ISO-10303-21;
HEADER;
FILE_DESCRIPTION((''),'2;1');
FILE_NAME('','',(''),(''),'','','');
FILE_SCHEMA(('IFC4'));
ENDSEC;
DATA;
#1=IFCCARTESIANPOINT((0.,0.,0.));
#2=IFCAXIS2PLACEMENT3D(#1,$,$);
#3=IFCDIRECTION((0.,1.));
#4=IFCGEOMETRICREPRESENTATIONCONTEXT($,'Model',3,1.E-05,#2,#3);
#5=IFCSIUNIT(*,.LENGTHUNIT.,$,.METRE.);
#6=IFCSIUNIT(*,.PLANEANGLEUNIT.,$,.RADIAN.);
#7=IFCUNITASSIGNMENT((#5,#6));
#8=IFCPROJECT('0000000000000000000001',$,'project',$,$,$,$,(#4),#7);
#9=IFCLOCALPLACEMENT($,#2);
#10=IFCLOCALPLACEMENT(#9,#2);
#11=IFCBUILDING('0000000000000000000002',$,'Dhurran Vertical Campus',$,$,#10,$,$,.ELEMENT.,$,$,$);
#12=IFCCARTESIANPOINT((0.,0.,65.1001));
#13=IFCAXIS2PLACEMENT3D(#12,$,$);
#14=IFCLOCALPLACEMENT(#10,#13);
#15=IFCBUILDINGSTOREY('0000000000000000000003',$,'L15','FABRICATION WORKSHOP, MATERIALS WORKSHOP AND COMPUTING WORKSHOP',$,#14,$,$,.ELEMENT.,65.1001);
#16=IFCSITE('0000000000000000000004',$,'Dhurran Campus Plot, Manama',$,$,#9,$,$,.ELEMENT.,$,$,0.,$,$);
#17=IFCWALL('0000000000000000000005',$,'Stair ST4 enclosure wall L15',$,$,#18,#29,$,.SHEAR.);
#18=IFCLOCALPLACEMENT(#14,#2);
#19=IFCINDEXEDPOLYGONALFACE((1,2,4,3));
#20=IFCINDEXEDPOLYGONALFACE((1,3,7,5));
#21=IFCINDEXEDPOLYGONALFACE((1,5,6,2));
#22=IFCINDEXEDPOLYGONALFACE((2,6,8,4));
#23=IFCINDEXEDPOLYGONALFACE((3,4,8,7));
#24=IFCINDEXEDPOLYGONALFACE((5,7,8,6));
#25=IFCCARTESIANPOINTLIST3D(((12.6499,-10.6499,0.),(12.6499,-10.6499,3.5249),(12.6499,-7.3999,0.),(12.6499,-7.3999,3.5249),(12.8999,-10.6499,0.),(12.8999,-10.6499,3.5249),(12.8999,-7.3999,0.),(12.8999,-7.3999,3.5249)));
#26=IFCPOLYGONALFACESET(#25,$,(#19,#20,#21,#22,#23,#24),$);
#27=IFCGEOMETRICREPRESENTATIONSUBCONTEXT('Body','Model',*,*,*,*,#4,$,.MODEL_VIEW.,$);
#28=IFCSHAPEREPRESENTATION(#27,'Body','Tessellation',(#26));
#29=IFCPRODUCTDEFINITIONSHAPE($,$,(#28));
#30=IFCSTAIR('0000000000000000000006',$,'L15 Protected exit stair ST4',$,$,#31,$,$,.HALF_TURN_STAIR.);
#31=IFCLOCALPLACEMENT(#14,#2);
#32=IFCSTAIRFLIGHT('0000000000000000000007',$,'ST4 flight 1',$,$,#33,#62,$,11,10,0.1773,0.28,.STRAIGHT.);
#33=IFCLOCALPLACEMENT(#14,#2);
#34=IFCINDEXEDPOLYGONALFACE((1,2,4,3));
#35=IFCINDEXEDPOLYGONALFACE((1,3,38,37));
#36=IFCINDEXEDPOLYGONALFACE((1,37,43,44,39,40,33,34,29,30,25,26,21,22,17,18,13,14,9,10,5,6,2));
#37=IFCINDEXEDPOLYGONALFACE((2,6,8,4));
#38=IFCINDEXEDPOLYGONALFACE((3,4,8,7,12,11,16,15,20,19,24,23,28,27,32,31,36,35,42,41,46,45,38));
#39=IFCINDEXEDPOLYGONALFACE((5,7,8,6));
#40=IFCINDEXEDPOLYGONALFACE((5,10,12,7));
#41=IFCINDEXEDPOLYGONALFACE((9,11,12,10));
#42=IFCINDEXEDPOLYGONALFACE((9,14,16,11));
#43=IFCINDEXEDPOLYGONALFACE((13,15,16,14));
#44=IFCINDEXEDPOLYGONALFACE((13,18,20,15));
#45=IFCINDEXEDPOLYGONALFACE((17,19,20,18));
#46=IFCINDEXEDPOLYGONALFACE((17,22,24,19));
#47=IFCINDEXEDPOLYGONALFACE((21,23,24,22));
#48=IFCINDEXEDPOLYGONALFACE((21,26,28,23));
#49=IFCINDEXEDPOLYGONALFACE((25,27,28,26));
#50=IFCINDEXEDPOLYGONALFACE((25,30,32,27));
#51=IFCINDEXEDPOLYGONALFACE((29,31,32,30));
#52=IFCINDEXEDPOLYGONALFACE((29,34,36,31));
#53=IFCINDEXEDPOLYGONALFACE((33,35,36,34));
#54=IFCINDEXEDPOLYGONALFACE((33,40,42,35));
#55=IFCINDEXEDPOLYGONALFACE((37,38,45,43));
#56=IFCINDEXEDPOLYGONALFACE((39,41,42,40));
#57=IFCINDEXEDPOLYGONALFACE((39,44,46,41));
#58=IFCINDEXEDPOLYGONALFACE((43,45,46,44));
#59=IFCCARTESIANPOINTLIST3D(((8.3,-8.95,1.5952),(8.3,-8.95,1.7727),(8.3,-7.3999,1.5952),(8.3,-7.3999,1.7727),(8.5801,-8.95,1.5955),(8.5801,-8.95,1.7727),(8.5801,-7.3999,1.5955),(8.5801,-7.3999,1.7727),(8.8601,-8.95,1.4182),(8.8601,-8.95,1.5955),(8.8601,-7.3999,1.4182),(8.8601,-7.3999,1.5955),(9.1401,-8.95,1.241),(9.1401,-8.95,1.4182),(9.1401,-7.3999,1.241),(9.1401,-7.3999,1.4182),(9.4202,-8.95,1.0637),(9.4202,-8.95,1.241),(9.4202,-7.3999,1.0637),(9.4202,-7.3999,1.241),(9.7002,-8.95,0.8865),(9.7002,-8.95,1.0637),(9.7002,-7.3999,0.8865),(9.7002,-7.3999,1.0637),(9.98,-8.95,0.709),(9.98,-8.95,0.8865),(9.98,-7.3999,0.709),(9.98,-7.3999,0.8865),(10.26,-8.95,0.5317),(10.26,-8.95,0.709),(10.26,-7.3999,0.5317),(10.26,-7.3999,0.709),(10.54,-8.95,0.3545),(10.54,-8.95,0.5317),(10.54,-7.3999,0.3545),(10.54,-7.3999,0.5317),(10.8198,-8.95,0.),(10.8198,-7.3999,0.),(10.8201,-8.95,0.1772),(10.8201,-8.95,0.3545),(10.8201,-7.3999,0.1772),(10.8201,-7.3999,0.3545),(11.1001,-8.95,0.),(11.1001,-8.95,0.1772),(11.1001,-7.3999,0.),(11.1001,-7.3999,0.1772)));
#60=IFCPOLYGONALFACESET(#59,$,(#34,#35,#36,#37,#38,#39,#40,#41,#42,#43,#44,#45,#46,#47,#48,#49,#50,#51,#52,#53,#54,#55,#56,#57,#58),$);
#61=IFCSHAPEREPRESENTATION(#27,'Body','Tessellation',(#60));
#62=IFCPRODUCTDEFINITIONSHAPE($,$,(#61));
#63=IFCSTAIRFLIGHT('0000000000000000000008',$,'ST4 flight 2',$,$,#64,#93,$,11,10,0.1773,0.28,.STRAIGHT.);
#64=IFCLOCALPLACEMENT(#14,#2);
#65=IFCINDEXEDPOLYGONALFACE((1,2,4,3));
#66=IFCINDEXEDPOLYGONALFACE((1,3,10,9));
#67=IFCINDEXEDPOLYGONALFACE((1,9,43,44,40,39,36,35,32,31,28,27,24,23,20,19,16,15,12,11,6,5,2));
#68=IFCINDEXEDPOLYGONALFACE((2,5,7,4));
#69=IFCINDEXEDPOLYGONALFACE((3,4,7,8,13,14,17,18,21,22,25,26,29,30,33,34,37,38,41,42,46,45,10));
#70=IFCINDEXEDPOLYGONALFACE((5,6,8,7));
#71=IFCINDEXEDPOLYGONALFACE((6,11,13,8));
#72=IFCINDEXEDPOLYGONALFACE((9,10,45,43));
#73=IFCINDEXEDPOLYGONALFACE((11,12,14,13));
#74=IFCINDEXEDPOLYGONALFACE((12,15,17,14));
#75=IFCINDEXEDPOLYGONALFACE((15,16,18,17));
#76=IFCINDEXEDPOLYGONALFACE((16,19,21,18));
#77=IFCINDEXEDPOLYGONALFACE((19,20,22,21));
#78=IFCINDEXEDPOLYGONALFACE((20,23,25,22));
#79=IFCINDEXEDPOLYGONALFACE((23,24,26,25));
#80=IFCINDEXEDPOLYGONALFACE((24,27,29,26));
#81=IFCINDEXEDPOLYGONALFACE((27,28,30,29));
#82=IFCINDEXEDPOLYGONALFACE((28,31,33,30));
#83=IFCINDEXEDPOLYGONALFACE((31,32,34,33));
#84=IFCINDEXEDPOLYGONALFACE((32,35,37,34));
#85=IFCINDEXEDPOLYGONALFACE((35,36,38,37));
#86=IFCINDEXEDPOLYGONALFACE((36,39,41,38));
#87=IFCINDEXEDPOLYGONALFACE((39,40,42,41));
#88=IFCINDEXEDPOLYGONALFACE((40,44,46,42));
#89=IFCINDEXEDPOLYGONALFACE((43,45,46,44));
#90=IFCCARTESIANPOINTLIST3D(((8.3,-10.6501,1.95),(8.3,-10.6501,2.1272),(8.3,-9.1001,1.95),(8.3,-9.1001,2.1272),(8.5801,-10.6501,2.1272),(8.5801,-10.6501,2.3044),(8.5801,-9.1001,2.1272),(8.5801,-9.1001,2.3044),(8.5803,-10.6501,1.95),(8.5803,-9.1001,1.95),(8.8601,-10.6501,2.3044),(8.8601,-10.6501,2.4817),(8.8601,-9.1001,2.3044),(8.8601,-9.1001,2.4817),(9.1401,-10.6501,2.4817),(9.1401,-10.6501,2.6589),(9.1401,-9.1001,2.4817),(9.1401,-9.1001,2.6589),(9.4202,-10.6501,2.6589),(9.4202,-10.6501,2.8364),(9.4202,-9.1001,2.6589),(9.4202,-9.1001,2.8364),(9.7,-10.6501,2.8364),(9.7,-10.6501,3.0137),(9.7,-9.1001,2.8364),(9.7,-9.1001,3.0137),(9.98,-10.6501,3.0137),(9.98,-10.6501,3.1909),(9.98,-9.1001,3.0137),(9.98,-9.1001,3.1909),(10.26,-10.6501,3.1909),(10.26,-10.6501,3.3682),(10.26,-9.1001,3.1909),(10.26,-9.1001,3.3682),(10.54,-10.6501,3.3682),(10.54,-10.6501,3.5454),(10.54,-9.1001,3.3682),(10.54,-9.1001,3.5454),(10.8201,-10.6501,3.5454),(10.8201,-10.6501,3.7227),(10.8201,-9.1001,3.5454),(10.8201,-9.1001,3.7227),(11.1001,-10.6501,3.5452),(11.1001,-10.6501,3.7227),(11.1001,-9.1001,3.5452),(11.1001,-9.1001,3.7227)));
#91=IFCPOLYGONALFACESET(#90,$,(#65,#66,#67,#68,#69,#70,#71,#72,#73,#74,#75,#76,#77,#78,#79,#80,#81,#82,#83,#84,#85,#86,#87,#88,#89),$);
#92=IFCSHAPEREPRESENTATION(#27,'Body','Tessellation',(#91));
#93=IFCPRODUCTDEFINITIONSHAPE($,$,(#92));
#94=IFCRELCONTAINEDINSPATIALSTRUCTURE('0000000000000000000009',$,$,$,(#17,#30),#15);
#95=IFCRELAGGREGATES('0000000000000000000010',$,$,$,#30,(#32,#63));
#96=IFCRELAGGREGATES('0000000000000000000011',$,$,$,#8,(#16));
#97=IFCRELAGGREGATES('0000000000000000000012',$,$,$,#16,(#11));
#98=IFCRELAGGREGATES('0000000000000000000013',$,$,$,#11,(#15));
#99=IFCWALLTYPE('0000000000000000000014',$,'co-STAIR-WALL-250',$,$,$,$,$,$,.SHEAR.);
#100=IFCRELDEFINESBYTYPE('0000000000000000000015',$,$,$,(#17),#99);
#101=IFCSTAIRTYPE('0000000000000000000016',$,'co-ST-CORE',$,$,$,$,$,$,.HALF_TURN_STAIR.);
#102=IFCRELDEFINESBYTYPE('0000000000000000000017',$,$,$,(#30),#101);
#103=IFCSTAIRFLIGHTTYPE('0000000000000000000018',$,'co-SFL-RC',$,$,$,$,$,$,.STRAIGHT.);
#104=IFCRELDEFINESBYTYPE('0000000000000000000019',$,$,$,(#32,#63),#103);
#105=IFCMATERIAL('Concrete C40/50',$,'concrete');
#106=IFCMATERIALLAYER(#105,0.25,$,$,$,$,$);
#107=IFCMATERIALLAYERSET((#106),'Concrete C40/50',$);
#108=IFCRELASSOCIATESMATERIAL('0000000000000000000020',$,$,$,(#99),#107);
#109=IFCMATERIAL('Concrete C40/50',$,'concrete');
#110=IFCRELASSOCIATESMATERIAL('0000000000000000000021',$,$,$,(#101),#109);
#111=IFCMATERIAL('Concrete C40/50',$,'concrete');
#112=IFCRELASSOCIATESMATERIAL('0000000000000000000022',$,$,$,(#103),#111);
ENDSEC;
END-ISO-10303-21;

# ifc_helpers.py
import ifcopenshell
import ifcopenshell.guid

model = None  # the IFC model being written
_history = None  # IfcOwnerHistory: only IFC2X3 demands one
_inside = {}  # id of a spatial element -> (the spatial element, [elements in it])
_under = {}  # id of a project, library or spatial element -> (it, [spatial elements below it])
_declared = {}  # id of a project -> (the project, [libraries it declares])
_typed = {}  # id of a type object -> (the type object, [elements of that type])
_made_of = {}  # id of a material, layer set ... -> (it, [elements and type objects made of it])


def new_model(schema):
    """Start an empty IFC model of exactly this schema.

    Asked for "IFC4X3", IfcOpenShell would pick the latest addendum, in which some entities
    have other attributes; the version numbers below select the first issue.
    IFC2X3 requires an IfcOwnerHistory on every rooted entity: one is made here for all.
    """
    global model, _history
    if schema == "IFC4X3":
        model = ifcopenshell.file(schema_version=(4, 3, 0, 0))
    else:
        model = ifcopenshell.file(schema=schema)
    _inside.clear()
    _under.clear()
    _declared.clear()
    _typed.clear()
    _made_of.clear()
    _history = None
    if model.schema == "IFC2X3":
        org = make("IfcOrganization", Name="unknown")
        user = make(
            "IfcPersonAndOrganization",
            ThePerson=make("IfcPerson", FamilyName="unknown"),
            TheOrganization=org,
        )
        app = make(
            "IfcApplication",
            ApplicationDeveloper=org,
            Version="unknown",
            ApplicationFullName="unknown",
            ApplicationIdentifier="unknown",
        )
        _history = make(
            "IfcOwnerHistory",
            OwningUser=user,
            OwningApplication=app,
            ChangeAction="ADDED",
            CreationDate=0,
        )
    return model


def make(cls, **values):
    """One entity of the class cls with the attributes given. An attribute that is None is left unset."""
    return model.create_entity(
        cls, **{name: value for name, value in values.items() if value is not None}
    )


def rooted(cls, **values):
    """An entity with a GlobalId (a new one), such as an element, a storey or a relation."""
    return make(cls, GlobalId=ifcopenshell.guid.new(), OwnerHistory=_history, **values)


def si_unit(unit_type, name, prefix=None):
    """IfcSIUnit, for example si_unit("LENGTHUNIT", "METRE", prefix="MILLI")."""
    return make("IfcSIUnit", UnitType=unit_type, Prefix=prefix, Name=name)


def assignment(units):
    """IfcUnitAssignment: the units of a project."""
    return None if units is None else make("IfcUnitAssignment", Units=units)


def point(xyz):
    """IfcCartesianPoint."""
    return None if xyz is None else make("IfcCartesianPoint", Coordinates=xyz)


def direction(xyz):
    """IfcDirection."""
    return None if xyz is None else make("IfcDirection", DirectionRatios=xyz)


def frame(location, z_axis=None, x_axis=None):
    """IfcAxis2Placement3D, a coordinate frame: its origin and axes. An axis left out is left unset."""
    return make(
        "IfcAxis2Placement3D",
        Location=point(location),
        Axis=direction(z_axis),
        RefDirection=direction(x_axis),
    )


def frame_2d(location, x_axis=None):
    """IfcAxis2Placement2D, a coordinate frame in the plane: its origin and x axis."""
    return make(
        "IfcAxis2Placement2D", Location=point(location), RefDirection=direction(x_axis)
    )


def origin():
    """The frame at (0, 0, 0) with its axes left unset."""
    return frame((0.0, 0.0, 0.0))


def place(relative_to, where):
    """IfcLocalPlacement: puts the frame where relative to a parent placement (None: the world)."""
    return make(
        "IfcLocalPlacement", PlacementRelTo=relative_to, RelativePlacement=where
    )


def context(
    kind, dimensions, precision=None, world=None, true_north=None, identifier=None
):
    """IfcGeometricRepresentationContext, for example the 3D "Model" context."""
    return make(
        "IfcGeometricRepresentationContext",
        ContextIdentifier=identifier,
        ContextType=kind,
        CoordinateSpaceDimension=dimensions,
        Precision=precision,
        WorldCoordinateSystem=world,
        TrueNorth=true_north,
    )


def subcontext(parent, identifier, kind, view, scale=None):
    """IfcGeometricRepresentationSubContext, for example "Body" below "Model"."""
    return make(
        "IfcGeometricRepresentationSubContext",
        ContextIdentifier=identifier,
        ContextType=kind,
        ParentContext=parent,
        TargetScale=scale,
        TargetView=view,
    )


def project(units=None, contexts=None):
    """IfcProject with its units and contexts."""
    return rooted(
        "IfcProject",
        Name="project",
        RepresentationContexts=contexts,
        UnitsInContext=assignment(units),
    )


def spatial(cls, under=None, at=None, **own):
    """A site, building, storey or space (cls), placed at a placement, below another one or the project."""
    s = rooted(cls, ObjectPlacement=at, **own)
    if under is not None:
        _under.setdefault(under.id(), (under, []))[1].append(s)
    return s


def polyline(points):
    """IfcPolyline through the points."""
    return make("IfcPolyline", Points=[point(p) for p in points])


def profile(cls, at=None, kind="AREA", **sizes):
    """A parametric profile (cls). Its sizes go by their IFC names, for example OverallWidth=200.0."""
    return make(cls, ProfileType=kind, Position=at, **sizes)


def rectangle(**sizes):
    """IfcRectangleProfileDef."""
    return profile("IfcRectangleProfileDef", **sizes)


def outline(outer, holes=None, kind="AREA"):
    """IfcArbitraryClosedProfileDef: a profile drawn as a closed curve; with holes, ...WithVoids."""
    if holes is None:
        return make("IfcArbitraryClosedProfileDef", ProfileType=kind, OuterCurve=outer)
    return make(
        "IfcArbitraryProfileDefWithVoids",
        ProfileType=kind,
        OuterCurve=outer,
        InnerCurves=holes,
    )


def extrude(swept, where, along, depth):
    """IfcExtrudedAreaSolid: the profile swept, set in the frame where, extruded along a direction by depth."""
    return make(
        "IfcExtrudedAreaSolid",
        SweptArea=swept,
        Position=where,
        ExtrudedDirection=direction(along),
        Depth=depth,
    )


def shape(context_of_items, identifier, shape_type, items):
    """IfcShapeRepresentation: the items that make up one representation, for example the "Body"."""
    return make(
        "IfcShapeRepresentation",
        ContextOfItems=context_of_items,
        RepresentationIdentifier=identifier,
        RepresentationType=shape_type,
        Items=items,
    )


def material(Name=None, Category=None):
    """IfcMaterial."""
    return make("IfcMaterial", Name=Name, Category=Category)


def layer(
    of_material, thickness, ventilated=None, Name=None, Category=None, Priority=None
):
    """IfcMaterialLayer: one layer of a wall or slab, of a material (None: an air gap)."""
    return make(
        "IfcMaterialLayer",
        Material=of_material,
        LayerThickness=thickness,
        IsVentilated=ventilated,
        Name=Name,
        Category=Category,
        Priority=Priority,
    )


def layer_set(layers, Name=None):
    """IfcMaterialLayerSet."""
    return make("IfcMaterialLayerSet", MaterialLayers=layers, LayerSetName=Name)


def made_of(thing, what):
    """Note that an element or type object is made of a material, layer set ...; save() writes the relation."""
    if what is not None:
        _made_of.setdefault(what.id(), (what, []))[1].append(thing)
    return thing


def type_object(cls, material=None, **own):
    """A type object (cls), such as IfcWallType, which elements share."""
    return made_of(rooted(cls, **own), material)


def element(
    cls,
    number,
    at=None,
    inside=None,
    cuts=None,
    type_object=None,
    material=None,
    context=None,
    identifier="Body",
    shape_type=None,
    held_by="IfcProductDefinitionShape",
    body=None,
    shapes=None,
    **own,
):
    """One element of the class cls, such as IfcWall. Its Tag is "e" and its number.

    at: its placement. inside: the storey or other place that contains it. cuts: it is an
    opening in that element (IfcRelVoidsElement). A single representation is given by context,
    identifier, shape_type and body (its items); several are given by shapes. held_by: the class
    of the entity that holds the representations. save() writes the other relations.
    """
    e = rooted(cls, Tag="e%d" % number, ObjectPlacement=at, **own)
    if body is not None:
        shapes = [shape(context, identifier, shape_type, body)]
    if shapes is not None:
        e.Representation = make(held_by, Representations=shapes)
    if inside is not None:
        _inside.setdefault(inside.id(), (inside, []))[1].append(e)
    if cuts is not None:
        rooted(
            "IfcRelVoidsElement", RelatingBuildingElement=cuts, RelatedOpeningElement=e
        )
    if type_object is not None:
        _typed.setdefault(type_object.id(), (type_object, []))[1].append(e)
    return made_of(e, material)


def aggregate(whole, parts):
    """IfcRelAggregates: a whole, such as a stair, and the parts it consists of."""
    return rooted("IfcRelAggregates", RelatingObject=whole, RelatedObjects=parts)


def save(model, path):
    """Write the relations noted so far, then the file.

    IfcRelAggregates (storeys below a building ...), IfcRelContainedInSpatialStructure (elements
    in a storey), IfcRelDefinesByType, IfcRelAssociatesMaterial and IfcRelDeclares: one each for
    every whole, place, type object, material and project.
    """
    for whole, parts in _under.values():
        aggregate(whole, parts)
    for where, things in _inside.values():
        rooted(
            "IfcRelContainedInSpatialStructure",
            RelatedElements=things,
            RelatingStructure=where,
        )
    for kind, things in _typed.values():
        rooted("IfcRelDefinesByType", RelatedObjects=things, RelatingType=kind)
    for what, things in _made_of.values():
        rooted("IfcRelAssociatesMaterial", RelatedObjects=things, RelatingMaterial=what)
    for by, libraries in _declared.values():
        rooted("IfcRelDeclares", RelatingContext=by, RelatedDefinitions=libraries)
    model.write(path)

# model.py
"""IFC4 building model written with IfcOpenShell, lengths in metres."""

from ifc_helpers import new_model, si_unit, direction, frame, frame_2d, origin, place, context, subcontext, project, spatial, polyline, rectangle, outline, extrude, material, layer, layer_set, type_object, element, aggregate, save


model = new_model("IFC4")

# Units and contexts
model_context = context("Model", 3, precision=1e-05, world=origin(), true_north=direction((0.0, 1.0)))
body_context = subcontext(model_context, "Body", "Model", "MODEL_VIEW")
ifc_project = project(units=[si_unit("LENGTHUNIT", "METRE"), si_unit("PLANEANGLEUNIT", "RADIAN")], contexts=[model_context])

# Site, building, storey
site_placement = place(None, origin())
site = spatial("IfcSite", under=ifc_project, at=site_placement, Name="Dhurran Campus Plot, Manama", CompositionType="ELEMENT", RefElevation=0.0)
building_placement = place(site_placement, origin())
building = spatial("IfcBuilding", under=site, at=building_placement, Name="Dhurran Vertical Campus", CompositionType="ELEMENT")
storey_placement = place(building_placement, frame((0.0, 0.0, 65.1001)))
storey = spatial("IfcBuildingStorey", under=building, at=storey_placement, Name="L15", Description="FABRICATION WORKSHOP, MATERIALS WORKSHOP AND COMPUTING WORKSHOP", CompositionType="ELEMENT", Elevation=65.1001)

# Shared definitions
ifc_material_1 = material(Name="Concrete C40/50", Category="concrete")
ifc_layer_1 = layer(ifc_material_1, 0.25)
ifc_layer_set_1 = layer_set([ifc_layer_1], Name="Concrete C40/50")
wall_type_1 = type_object("IfcWallType", Name="co-STAIR-WALL-250", PredefinedType="SHEAR", material=ifc_layer_set_1)

# Wall
for number, where, z_axis, x_axis, name in (
    (1, (12.7749, -10.6499, 0.0), (0.0, 0.0, 1.0), (0.0, 1.0, 0.0), "Stair ST4 enclosure wall L15"),
):
    element("IfcWall", number, at=place(storey_placement, frame(where, z_axis=z_axis, x_axis=x_axis)), inside=storey, type_object=wall_type_1, Name=name, PredefinedType="SHEAR", context=body_context, shape_type="SweptSolid", body=[
        extrude(rectangle(XDim=3.25, YDim=0.25, at=frame_2d((1.625, 0.0))), origin(), (0.0, 0.0, 1.0), 3.5249),
    ])

# Stair, stair flights
ifc_material_2 = material(Name="Concrete C40/50", Category="concrete")
stair_type = type_object("IfcStairType", Name="co-ST-CORE", PredefinedType="HALF_TURN_STAIR", material=ifc_material_2)
stair_placement = place(storey_placement, origin())
stair = element("IfcStair", 2, at=stair_placement, inside=storey, type_object=stair_type, Name="L15 Protected exit stair ST4", PredefinedType="HALF_TURN_STAIR")
ifc_material_3 = material(Name="Concrete C40/50", Category="concrete")
stair_flight_type = type_object("IfcStairFlightType", Name="co-SFL-RC", PredefinedType="STRAIGHT", material=ifc_material_3)
stair_flight_1_placement = place(storey_placement, frame((11.1001, -8.175, 0.0), z_axis=(0.0, 0.0, 1.0), x_axis=(-1.0, 0.0, 0.0)))
stair_flight_1 = element("IfcStairFlight", 3, at=stair_flight_1_placement, type_object=stair_flight_type, Name="ST4 flight 1", NumberOfRisers=11, NumberOfTreads=10, PredefinedType="STRAIGHT", RiserHeight=0.1773, TreadLength=0.28, context=body_context, shape_type="SweptSolid", body=[
    extrude(outline(polyline([(0.0, 0.0), (0.0, 0.1772), (0.28, 0.1772), (0.28, 0.3545), (0.5601, 0.3545), (0.5601, 0.5317), (0.8401, 0.5317), (0.8401, 0.709), (1.1201, 0.709), (1.1201, 0.8865), (1.3999, 0.8865), (1.3999, 1.0637), (1.6799, 1.0637), (1.6799, 1.241), (1.96, 1.241), (1.96, 1.4182), (2.24, 1.4182), (2.24, 1.5955), (2.52, 1.5955), (2.52, 1.7727), (2.8, 1.7727), (2.8, 1.95), (2.8, 1.5952), (0.2803, 0.0), (0.0, 0.0)])), frame((0.0, 0.7749, 0.0), z_axis=(0.0, -1.0, 0.0), x_axis=(1.0, 0.0, 0.0)), (0.0, 0.0, 1.0), 1.55),
])
stair_flight_2_placement = place(storey_placement, frame((8.3, -9.875, 1.95), z_axis=(0.0, 0.0, 1.0), x_axis=(1.0, 0.0, 0.0)))
stair_flight_2 = element("IfcStairFlight", 4, at=stair_flight_2_placement, type_object=stair_flight_type, Name="ST4 flight 2", NumberOfRisers=11, NumberOfTreads=10, PredefinedType="STRAIGHT", RiserHeight=0.1773, TreadLength=0.28, context=body_context, shape_type="SweptSolid", body=[
    extrude(outline(polyline([(0.0, 0.0), (0.0, 0.1772), (0.28, 0.1772), (0.28, 0.3545), (0.5601, 0.3545), (0.5601, 0.5317), (0.8401, 0.5317), (0.8401, 0.709), (1.1201, 0.709), (1.1201, 0.8865), (1.3999, 0.8865), (1.3999, 1.0637), (1.6799, 1.0637), (1.6799, 1.241), (1.96, 1.241), (1.96, 1.4182), (2.24, 1.4182), (2.24, 1.5955), (2.52, 1.5955), (2.52, 1.7727), (2.8, 1.7727), (2.8, 1.95), (2.8, 1.5952), (0.2803, 0.0), (0.0, 0.0)])), frame((0.0, 0.7749, 0.0), z_axis=(0.0, -1.0, 0.0), x_axis=(1.0, 0.0, 0.0)), (0.0, 0.0, 1.0), 1.55),
])
aggregate(stair, [stair_flight_1, stair_flight_2])

save(model, "model.ifc")
